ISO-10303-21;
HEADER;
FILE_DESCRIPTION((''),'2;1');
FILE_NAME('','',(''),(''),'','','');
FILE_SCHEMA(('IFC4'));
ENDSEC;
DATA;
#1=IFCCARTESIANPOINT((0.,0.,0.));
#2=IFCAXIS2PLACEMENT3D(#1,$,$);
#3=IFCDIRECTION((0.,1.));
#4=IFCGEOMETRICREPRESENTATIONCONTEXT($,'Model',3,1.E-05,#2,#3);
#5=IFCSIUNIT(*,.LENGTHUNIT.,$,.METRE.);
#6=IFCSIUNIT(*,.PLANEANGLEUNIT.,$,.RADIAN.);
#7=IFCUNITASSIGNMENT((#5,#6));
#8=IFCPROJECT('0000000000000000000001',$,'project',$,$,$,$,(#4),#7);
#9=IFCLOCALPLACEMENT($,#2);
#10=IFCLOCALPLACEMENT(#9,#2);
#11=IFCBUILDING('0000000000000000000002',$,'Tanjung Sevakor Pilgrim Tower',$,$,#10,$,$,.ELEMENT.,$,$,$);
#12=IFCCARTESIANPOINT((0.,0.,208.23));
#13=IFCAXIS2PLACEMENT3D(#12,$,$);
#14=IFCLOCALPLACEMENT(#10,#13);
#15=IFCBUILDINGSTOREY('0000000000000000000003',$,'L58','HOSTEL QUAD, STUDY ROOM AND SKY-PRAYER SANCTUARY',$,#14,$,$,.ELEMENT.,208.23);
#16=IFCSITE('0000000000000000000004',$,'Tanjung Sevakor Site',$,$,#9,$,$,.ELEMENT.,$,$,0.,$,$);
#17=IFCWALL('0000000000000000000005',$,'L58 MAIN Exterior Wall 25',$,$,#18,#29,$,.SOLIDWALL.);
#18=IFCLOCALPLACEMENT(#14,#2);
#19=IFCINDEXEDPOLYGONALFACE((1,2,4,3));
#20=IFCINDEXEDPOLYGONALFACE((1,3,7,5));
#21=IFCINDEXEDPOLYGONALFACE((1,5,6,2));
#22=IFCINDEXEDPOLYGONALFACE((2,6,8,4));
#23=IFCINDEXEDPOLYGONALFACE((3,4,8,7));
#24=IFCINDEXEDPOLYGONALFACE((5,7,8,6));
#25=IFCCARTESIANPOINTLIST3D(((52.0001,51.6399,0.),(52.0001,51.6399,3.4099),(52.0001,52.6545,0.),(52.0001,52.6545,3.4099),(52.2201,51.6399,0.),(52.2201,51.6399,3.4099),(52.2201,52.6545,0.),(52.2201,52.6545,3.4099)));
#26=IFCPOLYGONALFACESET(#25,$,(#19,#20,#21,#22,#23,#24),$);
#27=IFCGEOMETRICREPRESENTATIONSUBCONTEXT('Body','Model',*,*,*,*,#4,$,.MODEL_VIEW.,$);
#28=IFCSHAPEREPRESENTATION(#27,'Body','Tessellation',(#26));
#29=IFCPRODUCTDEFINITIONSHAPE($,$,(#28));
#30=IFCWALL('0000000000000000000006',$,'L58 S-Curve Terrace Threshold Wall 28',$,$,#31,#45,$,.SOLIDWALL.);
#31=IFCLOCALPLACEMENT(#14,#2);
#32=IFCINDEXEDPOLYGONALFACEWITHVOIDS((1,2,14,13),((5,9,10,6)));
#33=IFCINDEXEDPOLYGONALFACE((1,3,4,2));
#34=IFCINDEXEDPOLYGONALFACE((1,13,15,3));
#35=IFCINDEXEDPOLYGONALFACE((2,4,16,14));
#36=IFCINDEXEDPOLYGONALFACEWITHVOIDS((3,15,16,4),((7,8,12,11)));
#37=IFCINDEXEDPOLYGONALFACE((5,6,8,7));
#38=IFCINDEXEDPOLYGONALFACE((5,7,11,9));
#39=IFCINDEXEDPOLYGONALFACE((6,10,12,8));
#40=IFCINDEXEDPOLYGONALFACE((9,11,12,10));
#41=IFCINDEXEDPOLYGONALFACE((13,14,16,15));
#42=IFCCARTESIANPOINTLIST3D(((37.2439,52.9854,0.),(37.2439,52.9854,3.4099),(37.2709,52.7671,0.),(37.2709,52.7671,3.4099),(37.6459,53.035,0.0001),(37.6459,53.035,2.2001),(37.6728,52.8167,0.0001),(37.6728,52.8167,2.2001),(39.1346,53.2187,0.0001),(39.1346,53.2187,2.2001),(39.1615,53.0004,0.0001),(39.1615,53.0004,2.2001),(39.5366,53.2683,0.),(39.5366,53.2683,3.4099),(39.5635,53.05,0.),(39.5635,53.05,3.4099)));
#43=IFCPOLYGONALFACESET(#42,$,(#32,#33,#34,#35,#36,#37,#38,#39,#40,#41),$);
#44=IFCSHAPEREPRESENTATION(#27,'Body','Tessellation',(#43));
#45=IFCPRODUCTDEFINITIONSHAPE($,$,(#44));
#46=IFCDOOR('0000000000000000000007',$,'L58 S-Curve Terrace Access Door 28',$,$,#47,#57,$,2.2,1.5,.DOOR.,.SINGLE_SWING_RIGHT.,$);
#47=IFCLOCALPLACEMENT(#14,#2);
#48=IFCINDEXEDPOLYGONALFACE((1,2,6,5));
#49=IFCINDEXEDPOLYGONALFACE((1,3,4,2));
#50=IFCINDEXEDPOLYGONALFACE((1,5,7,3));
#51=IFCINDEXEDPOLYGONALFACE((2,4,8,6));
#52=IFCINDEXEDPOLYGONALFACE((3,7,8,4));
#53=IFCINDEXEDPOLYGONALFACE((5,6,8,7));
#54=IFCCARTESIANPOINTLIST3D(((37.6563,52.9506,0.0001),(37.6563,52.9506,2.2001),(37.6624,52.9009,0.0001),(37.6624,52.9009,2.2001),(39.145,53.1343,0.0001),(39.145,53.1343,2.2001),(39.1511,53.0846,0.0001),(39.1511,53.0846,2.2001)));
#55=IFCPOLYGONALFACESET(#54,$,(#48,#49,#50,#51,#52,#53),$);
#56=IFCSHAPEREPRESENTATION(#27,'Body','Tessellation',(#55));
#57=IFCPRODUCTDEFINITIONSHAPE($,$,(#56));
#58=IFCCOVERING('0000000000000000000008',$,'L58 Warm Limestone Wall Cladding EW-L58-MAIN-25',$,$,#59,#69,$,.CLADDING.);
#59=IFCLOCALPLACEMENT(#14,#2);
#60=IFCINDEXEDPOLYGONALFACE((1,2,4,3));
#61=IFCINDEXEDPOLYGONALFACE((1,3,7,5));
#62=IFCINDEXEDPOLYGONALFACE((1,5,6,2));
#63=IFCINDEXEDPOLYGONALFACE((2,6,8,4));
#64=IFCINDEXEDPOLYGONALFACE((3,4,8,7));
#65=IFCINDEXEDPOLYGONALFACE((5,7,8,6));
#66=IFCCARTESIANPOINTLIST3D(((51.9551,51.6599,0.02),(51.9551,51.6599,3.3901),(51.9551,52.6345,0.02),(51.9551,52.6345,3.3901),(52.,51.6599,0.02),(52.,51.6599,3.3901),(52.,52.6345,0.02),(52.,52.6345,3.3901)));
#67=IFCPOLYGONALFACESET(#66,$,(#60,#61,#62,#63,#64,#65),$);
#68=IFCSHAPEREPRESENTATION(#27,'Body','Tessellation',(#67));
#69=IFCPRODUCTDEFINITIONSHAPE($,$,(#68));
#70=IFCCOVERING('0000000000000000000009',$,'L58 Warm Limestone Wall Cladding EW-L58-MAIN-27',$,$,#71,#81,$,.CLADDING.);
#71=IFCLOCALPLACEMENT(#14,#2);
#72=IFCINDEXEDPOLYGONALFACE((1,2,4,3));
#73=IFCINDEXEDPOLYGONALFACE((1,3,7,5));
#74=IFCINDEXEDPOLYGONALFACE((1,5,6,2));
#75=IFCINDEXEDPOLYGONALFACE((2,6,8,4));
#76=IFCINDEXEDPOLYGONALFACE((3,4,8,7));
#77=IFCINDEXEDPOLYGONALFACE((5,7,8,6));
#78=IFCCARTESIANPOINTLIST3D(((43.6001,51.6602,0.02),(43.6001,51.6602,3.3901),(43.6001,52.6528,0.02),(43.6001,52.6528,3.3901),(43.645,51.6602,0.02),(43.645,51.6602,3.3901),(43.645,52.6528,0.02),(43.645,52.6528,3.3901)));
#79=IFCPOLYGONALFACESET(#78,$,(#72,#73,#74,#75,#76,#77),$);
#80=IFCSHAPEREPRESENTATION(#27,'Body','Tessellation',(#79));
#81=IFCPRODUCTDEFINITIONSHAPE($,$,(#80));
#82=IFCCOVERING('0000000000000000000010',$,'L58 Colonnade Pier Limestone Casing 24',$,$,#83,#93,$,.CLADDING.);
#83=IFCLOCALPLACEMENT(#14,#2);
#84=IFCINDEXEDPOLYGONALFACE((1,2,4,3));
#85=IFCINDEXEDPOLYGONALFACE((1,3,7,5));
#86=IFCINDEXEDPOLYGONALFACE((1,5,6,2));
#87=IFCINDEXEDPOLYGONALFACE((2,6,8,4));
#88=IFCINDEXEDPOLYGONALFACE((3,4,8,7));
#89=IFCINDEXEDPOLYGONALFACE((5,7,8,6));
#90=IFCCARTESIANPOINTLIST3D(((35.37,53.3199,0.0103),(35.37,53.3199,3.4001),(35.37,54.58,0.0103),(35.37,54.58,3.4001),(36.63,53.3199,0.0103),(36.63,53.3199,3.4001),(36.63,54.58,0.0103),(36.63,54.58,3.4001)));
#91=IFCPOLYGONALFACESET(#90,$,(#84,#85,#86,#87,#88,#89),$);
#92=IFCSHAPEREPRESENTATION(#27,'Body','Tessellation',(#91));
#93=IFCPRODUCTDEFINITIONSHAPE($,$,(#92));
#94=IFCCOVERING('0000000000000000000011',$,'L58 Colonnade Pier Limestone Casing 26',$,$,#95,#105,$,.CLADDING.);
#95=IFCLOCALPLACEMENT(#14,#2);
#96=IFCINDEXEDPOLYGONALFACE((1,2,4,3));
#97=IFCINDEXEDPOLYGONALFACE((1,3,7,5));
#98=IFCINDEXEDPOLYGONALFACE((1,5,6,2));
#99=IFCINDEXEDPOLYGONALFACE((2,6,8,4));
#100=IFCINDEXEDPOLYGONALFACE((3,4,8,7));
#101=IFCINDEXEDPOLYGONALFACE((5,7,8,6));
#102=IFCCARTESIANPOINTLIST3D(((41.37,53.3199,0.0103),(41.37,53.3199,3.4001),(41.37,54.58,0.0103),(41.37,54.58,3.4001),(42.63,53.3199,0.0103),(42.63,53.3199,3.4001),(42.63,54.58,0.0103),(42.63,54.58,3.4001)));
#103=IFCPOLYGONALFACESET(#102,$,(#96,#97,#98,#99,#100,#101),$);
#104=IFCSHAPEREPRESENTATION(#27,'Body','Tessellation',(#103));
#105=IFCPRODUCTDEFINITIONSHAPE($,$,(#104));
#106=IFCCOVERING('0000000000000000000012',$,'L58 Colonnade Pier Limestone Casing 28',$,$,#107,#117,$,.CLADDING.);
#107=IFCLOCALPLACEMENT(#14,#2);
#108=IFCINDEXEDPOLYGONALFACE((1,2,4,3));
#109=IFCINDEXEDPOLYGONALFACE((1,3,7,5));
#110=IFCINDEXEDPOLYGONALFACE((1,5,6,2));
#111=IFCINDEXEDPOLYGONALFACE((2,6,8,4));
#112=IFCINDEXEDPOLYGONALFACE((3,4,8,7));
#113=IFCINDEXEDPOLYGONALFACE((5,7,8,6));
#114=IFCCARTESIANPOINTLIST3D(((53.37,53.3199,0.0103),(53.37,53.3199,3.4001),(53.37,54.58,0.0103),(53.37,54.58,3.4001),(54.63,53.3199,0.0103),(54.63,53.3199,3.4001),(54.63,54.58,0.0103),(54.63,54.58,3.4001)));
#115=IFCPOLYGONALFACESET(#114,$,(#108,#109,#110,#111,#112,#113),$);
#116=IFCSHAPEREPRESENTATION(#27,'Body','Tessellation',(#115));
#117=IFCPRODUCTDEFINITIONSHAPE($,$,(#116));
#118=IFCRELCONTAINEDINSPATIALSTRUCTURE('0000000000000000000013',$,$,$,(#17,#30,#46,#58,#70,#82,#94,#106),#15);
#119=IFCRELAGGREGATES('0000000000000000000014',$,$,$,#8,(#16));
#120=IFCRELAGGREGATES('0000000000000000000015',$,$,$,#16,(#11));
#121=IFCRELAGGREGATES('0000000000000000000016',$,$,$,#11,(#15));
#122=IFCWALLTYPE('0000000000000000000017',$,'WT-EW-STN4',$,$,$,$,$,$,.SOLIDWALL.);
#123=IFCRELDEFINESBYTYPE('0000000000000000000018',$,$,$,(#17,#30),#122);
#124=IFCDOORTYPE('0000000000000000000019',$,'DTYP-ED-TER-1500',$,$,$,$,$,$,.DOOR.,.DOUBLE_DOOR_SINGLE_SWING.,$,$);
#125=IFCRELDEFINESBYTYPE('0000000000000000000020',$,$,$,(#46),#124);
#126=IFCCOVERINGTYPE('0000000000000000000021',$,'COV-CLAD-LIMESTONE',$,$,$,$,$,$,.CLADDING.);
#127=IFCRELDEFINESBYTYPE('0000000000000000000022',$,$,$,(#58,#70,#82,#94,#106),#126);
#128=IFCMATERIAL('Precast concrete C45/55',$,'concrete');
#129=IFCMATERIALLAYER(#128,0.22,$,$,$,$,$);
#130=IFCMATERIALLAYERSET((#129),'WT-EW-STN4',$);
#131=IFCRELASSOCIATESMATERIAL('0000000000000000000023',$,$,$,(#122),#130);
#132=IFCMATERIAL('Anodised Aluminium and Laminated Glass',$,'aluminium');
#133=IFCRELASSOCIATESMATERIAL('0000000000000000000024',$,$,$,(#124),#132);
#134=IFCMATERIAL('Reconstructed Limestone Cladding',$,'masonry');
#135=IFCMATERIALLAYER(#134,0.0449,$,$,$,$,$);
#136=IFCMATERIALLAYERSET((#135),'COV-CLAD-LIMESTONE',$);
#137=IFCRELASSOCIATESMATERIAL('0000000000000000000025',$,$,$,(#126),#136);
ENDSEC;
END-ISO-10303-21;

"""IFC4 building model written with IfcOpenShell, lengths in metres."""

from ifc_helpers import new_model, si_unit, direction, frame, frame_2d, origin, origin_2d, place, context, subcontext, project, spatial, rectangle, extrude, material, layer, layer_set, type_object, element, fill, save


model = new_model("IFC4")

# Units and contexts
model_context = context("Model", 3, precision=1e-05, world=origin(), true_north=direction((0.0, 1.0)))
body_context = subcontext(model_context, "Body", "Model", "MODEL_VIEW")
ifc_project = project(units=[si_unit("LENGTHUNIT", "METRE"), si_unit("PLANEANGLEUNIT", "RADIAN")], contexts=[model_context])

# Site, building, storey
site_placement = place(None, origin())
site = spatial("IfcSite", under=ifc_project, at=site_placement, Name="Tanjung Sevakor Site", CompositionType="ELEMENT", RefElevation=0.0)
building_placement = place(site_placement, origin())
building = spatial("IfcBuilding", under=site, at=building_placement, Name="Tanjung Sevakor Pilgrim Tower", CompositionType="ELEMENT")
storey_placement = place(building_placement, frame((0.0, 0.0, 208.23)))
storey = spatial("IfcBuildingStorey", under=building, at=storey_placement, Name="L58", Description="HOSTEL QUAD, STUDY ROOM AND SKY-PRAYER SANCTUARY", CompositionType="ELEMENT", Elevation=208.23)

# Wall
ifc_material_1 = material(Name="Precast concrete C45/55", Category="concrete")
ifc_layer_1 = layer(ifc_material_1, 0.22)
ifc_layer_set_1 = layer_set([ifc_layer_1], Name="WT-EW-STN4")
wall_type = type_object("IfcWallType", Name="WT-EW-STN4", PredefinedType="SOLIDWALL", material=ifc_layer_set_1)
wall_1_placement = place(storey_placement, frame((52.1101, 52.6545, 0.0), z_axis=(0.0, 0.0, 1.0), x_axis=(0.0, -1.0, 0.0)))
element("IfcWall", 1, at=wall_1_placement, inside=storey, type_object=wall_type, Name="L58 MAIN Exterior Wall 25", PredefinedType="SOLIDWALL", context=body_context, shape_type="SweptSolid", body=[
    extrude(rectangle(XDim=1.0146, YDim=0.22, at=frame_2d((0.5073, 0.0))), origin(), (0.0, 0.0, 1.0), 3.4099),
])

# Wall, opening, door
wall_2_placement = place(storey_placement, frame((39.55, 53.1592, 0.0), z_axis=(0.0, 0.0, 1.0), x_axis=(-0.99247, -0.122487, 0.0)))
wall_2 = element("IfcWall", 2, at=wall_2_placement, inside=storey, type_object=wall_type, Name="L58 S-Curve Terrace Threshold Wall 28", PredefinedType="SOLIDWALL", context=body_context, shape_type="SweptSolid", body=[
    extrude(rectangle(XDim=2.3101, YDim=0.22, at=frame_2d((1.155, 0.0))), origin(), (0.0, 0.0, 1.0), 3.4099),
])
opening_placement = place(wall_2_placement, frame((0.405, 0.0, 0.0)))
opening = element("IfcOpeningElement", 3, at=opening_placement, cuts=wall_2, PredefinedType="OPENING", context=body_context, shape_type="SweptSolid", body=[
    extrude(rectangle(XDim=1.5, YDim=2.2, at=frame_2d((0.75, 1.1001))), frame((0.0, 0.1199, 0.0), z_axis=(0.0, -1.0, 0.0), x_axis=(1.0, 0.0, 0.0)), (0.0, 0.0, 1.0), 0.24),
])
ifc_material_2 = material(Name="Anodised Aluminium and Laminated Glass", Category="aluminium")
door_type = type_object("IfcDoorType", Name="DTYP-ED-TER-1500", OperationType="DOUBLE_DOOR_SINGLE_SWING", PredefinedType="DOOR", material=ifc_material_2)
door_placement = place(opening_placement, frame((1.5, 0.0, 0.0), z_axis=(0.0, 0.0, 1.0), x_axis=(-1.0, 0.0, 0.0)))
door = element("IfcDoor", 4, at=door_placement, inside=storey, type_object=door_type, Name="L58 S-Curve Terrace Access Door 28", OperationType="SINGLE_SWING_RIGHT", OverallHeight=2.2, OverallWidth=1.5, PredefinedType="DOOR", context=body_context, shape_type="SweptSolid", body=[
    extrude(rectangle(XDim=1.5, YDim=2.2, at=frame_2d((0.75, 1.1001))), frame((0.0, 0.0249, 0.0), z_axis=(0.0, -1.0, 0.0), x_axis=(1.0, 0.0, 0.0)), (0.0, 0.0, 1.0), 0.05),
])
fill(opening, door)

# Coverings
ifc_material_3 = material(Name="Reconstructed Limestone Cladding", Category="masonry")
ifc_layer_2 = layer(ifc_material_3, 0.0449)
ifc_layer_set_2 = layer_set([ifc_layer_2], Name="COV-CLAD-LIMESTONE")
covering_type = type_object("IfcCoveringType", Name="COV-CLAD-LIMESTONE", PredefinedType="CLADDING", material=ifc_layer_set_2)
covering_1_placement = place(storey_placement, frame((51.9775, 52.1472, 0.02), z_axis=(0.0, 0.0, 1.0), x_axis=(0.0, -1.0, 0.0)))
element("IfcCovering", 5, at=covering_1_placement, inside=storey, type_object=covering_type, Name="L58 Warm Limestone Wall Cladding EW-L58-MAIN-25", PredefinedType="CLADDING", context=body_context, shape_type="SweptSolid", body=[
    extrude(rectangle(XDim=0.9746, YDim=0.0449, at=origin_2d()), origin(), (0.0, 0.0, 1.0), 3.3701),
])
covering_2_placement = place(storey_placement, frame((43.6226, 52.1565, 0.02), z_axis=(0.0, 0.0, 1.0), x_axis=(0.0, 1.0, 0.0)))
element("IfcCovering", 6, at=covering_2_placement, inside=storey, type_object=covering_type, Name="L58 Warm Limestone Wall Cladding EW-L58-MAIN-27", PredefinedType="CLADDING", context=body_context, shape_type="SweptSolid", body=[
    extrude(rectangle(XDim=0.9927, YDim=0.0449, at=origin_2d()), origin(), (0.0, 0.0, 1.0), 3.3701),
])
for number, where, z_axis, x_axis, name in (
    (7, (36.0, 53.95, 0.0103), (0.0, 0.0, 1.0), (1.0, 0.0, 0.0), "L58 Colonnade Pier Limestone Casing 24"),
    (8, (42.0, 53.95, 0.0103), (0.0, 0.0, 1.0), (1.0, 0.0, 0.0), "L58 Colonnade Pier Limestone Casing 26"),
    (9, (54.0, 53.95, 0.0103), (0.0, 0.0, 1.0), (1.0, 0.0, 0.0), "L58 Colonnade Pier Limestone Casing 28"),
):
    element("IfcCovering", number, at=place(storey_placement, frame(where, z_axis=z_axis, x_axis=x_axis)), inside=storey, type_object=covering_type, Name=name, PredefinedType="CLADDING", context=body_context, shape_type="SweptSolid", body=[
        extrude(rectangle(XDim=1.26, YDim=1.26, at=origin_2d()), origin(), (0.0, 0.0, 1.0), 3.3899),
    ])

save(model, "model.ifc")
